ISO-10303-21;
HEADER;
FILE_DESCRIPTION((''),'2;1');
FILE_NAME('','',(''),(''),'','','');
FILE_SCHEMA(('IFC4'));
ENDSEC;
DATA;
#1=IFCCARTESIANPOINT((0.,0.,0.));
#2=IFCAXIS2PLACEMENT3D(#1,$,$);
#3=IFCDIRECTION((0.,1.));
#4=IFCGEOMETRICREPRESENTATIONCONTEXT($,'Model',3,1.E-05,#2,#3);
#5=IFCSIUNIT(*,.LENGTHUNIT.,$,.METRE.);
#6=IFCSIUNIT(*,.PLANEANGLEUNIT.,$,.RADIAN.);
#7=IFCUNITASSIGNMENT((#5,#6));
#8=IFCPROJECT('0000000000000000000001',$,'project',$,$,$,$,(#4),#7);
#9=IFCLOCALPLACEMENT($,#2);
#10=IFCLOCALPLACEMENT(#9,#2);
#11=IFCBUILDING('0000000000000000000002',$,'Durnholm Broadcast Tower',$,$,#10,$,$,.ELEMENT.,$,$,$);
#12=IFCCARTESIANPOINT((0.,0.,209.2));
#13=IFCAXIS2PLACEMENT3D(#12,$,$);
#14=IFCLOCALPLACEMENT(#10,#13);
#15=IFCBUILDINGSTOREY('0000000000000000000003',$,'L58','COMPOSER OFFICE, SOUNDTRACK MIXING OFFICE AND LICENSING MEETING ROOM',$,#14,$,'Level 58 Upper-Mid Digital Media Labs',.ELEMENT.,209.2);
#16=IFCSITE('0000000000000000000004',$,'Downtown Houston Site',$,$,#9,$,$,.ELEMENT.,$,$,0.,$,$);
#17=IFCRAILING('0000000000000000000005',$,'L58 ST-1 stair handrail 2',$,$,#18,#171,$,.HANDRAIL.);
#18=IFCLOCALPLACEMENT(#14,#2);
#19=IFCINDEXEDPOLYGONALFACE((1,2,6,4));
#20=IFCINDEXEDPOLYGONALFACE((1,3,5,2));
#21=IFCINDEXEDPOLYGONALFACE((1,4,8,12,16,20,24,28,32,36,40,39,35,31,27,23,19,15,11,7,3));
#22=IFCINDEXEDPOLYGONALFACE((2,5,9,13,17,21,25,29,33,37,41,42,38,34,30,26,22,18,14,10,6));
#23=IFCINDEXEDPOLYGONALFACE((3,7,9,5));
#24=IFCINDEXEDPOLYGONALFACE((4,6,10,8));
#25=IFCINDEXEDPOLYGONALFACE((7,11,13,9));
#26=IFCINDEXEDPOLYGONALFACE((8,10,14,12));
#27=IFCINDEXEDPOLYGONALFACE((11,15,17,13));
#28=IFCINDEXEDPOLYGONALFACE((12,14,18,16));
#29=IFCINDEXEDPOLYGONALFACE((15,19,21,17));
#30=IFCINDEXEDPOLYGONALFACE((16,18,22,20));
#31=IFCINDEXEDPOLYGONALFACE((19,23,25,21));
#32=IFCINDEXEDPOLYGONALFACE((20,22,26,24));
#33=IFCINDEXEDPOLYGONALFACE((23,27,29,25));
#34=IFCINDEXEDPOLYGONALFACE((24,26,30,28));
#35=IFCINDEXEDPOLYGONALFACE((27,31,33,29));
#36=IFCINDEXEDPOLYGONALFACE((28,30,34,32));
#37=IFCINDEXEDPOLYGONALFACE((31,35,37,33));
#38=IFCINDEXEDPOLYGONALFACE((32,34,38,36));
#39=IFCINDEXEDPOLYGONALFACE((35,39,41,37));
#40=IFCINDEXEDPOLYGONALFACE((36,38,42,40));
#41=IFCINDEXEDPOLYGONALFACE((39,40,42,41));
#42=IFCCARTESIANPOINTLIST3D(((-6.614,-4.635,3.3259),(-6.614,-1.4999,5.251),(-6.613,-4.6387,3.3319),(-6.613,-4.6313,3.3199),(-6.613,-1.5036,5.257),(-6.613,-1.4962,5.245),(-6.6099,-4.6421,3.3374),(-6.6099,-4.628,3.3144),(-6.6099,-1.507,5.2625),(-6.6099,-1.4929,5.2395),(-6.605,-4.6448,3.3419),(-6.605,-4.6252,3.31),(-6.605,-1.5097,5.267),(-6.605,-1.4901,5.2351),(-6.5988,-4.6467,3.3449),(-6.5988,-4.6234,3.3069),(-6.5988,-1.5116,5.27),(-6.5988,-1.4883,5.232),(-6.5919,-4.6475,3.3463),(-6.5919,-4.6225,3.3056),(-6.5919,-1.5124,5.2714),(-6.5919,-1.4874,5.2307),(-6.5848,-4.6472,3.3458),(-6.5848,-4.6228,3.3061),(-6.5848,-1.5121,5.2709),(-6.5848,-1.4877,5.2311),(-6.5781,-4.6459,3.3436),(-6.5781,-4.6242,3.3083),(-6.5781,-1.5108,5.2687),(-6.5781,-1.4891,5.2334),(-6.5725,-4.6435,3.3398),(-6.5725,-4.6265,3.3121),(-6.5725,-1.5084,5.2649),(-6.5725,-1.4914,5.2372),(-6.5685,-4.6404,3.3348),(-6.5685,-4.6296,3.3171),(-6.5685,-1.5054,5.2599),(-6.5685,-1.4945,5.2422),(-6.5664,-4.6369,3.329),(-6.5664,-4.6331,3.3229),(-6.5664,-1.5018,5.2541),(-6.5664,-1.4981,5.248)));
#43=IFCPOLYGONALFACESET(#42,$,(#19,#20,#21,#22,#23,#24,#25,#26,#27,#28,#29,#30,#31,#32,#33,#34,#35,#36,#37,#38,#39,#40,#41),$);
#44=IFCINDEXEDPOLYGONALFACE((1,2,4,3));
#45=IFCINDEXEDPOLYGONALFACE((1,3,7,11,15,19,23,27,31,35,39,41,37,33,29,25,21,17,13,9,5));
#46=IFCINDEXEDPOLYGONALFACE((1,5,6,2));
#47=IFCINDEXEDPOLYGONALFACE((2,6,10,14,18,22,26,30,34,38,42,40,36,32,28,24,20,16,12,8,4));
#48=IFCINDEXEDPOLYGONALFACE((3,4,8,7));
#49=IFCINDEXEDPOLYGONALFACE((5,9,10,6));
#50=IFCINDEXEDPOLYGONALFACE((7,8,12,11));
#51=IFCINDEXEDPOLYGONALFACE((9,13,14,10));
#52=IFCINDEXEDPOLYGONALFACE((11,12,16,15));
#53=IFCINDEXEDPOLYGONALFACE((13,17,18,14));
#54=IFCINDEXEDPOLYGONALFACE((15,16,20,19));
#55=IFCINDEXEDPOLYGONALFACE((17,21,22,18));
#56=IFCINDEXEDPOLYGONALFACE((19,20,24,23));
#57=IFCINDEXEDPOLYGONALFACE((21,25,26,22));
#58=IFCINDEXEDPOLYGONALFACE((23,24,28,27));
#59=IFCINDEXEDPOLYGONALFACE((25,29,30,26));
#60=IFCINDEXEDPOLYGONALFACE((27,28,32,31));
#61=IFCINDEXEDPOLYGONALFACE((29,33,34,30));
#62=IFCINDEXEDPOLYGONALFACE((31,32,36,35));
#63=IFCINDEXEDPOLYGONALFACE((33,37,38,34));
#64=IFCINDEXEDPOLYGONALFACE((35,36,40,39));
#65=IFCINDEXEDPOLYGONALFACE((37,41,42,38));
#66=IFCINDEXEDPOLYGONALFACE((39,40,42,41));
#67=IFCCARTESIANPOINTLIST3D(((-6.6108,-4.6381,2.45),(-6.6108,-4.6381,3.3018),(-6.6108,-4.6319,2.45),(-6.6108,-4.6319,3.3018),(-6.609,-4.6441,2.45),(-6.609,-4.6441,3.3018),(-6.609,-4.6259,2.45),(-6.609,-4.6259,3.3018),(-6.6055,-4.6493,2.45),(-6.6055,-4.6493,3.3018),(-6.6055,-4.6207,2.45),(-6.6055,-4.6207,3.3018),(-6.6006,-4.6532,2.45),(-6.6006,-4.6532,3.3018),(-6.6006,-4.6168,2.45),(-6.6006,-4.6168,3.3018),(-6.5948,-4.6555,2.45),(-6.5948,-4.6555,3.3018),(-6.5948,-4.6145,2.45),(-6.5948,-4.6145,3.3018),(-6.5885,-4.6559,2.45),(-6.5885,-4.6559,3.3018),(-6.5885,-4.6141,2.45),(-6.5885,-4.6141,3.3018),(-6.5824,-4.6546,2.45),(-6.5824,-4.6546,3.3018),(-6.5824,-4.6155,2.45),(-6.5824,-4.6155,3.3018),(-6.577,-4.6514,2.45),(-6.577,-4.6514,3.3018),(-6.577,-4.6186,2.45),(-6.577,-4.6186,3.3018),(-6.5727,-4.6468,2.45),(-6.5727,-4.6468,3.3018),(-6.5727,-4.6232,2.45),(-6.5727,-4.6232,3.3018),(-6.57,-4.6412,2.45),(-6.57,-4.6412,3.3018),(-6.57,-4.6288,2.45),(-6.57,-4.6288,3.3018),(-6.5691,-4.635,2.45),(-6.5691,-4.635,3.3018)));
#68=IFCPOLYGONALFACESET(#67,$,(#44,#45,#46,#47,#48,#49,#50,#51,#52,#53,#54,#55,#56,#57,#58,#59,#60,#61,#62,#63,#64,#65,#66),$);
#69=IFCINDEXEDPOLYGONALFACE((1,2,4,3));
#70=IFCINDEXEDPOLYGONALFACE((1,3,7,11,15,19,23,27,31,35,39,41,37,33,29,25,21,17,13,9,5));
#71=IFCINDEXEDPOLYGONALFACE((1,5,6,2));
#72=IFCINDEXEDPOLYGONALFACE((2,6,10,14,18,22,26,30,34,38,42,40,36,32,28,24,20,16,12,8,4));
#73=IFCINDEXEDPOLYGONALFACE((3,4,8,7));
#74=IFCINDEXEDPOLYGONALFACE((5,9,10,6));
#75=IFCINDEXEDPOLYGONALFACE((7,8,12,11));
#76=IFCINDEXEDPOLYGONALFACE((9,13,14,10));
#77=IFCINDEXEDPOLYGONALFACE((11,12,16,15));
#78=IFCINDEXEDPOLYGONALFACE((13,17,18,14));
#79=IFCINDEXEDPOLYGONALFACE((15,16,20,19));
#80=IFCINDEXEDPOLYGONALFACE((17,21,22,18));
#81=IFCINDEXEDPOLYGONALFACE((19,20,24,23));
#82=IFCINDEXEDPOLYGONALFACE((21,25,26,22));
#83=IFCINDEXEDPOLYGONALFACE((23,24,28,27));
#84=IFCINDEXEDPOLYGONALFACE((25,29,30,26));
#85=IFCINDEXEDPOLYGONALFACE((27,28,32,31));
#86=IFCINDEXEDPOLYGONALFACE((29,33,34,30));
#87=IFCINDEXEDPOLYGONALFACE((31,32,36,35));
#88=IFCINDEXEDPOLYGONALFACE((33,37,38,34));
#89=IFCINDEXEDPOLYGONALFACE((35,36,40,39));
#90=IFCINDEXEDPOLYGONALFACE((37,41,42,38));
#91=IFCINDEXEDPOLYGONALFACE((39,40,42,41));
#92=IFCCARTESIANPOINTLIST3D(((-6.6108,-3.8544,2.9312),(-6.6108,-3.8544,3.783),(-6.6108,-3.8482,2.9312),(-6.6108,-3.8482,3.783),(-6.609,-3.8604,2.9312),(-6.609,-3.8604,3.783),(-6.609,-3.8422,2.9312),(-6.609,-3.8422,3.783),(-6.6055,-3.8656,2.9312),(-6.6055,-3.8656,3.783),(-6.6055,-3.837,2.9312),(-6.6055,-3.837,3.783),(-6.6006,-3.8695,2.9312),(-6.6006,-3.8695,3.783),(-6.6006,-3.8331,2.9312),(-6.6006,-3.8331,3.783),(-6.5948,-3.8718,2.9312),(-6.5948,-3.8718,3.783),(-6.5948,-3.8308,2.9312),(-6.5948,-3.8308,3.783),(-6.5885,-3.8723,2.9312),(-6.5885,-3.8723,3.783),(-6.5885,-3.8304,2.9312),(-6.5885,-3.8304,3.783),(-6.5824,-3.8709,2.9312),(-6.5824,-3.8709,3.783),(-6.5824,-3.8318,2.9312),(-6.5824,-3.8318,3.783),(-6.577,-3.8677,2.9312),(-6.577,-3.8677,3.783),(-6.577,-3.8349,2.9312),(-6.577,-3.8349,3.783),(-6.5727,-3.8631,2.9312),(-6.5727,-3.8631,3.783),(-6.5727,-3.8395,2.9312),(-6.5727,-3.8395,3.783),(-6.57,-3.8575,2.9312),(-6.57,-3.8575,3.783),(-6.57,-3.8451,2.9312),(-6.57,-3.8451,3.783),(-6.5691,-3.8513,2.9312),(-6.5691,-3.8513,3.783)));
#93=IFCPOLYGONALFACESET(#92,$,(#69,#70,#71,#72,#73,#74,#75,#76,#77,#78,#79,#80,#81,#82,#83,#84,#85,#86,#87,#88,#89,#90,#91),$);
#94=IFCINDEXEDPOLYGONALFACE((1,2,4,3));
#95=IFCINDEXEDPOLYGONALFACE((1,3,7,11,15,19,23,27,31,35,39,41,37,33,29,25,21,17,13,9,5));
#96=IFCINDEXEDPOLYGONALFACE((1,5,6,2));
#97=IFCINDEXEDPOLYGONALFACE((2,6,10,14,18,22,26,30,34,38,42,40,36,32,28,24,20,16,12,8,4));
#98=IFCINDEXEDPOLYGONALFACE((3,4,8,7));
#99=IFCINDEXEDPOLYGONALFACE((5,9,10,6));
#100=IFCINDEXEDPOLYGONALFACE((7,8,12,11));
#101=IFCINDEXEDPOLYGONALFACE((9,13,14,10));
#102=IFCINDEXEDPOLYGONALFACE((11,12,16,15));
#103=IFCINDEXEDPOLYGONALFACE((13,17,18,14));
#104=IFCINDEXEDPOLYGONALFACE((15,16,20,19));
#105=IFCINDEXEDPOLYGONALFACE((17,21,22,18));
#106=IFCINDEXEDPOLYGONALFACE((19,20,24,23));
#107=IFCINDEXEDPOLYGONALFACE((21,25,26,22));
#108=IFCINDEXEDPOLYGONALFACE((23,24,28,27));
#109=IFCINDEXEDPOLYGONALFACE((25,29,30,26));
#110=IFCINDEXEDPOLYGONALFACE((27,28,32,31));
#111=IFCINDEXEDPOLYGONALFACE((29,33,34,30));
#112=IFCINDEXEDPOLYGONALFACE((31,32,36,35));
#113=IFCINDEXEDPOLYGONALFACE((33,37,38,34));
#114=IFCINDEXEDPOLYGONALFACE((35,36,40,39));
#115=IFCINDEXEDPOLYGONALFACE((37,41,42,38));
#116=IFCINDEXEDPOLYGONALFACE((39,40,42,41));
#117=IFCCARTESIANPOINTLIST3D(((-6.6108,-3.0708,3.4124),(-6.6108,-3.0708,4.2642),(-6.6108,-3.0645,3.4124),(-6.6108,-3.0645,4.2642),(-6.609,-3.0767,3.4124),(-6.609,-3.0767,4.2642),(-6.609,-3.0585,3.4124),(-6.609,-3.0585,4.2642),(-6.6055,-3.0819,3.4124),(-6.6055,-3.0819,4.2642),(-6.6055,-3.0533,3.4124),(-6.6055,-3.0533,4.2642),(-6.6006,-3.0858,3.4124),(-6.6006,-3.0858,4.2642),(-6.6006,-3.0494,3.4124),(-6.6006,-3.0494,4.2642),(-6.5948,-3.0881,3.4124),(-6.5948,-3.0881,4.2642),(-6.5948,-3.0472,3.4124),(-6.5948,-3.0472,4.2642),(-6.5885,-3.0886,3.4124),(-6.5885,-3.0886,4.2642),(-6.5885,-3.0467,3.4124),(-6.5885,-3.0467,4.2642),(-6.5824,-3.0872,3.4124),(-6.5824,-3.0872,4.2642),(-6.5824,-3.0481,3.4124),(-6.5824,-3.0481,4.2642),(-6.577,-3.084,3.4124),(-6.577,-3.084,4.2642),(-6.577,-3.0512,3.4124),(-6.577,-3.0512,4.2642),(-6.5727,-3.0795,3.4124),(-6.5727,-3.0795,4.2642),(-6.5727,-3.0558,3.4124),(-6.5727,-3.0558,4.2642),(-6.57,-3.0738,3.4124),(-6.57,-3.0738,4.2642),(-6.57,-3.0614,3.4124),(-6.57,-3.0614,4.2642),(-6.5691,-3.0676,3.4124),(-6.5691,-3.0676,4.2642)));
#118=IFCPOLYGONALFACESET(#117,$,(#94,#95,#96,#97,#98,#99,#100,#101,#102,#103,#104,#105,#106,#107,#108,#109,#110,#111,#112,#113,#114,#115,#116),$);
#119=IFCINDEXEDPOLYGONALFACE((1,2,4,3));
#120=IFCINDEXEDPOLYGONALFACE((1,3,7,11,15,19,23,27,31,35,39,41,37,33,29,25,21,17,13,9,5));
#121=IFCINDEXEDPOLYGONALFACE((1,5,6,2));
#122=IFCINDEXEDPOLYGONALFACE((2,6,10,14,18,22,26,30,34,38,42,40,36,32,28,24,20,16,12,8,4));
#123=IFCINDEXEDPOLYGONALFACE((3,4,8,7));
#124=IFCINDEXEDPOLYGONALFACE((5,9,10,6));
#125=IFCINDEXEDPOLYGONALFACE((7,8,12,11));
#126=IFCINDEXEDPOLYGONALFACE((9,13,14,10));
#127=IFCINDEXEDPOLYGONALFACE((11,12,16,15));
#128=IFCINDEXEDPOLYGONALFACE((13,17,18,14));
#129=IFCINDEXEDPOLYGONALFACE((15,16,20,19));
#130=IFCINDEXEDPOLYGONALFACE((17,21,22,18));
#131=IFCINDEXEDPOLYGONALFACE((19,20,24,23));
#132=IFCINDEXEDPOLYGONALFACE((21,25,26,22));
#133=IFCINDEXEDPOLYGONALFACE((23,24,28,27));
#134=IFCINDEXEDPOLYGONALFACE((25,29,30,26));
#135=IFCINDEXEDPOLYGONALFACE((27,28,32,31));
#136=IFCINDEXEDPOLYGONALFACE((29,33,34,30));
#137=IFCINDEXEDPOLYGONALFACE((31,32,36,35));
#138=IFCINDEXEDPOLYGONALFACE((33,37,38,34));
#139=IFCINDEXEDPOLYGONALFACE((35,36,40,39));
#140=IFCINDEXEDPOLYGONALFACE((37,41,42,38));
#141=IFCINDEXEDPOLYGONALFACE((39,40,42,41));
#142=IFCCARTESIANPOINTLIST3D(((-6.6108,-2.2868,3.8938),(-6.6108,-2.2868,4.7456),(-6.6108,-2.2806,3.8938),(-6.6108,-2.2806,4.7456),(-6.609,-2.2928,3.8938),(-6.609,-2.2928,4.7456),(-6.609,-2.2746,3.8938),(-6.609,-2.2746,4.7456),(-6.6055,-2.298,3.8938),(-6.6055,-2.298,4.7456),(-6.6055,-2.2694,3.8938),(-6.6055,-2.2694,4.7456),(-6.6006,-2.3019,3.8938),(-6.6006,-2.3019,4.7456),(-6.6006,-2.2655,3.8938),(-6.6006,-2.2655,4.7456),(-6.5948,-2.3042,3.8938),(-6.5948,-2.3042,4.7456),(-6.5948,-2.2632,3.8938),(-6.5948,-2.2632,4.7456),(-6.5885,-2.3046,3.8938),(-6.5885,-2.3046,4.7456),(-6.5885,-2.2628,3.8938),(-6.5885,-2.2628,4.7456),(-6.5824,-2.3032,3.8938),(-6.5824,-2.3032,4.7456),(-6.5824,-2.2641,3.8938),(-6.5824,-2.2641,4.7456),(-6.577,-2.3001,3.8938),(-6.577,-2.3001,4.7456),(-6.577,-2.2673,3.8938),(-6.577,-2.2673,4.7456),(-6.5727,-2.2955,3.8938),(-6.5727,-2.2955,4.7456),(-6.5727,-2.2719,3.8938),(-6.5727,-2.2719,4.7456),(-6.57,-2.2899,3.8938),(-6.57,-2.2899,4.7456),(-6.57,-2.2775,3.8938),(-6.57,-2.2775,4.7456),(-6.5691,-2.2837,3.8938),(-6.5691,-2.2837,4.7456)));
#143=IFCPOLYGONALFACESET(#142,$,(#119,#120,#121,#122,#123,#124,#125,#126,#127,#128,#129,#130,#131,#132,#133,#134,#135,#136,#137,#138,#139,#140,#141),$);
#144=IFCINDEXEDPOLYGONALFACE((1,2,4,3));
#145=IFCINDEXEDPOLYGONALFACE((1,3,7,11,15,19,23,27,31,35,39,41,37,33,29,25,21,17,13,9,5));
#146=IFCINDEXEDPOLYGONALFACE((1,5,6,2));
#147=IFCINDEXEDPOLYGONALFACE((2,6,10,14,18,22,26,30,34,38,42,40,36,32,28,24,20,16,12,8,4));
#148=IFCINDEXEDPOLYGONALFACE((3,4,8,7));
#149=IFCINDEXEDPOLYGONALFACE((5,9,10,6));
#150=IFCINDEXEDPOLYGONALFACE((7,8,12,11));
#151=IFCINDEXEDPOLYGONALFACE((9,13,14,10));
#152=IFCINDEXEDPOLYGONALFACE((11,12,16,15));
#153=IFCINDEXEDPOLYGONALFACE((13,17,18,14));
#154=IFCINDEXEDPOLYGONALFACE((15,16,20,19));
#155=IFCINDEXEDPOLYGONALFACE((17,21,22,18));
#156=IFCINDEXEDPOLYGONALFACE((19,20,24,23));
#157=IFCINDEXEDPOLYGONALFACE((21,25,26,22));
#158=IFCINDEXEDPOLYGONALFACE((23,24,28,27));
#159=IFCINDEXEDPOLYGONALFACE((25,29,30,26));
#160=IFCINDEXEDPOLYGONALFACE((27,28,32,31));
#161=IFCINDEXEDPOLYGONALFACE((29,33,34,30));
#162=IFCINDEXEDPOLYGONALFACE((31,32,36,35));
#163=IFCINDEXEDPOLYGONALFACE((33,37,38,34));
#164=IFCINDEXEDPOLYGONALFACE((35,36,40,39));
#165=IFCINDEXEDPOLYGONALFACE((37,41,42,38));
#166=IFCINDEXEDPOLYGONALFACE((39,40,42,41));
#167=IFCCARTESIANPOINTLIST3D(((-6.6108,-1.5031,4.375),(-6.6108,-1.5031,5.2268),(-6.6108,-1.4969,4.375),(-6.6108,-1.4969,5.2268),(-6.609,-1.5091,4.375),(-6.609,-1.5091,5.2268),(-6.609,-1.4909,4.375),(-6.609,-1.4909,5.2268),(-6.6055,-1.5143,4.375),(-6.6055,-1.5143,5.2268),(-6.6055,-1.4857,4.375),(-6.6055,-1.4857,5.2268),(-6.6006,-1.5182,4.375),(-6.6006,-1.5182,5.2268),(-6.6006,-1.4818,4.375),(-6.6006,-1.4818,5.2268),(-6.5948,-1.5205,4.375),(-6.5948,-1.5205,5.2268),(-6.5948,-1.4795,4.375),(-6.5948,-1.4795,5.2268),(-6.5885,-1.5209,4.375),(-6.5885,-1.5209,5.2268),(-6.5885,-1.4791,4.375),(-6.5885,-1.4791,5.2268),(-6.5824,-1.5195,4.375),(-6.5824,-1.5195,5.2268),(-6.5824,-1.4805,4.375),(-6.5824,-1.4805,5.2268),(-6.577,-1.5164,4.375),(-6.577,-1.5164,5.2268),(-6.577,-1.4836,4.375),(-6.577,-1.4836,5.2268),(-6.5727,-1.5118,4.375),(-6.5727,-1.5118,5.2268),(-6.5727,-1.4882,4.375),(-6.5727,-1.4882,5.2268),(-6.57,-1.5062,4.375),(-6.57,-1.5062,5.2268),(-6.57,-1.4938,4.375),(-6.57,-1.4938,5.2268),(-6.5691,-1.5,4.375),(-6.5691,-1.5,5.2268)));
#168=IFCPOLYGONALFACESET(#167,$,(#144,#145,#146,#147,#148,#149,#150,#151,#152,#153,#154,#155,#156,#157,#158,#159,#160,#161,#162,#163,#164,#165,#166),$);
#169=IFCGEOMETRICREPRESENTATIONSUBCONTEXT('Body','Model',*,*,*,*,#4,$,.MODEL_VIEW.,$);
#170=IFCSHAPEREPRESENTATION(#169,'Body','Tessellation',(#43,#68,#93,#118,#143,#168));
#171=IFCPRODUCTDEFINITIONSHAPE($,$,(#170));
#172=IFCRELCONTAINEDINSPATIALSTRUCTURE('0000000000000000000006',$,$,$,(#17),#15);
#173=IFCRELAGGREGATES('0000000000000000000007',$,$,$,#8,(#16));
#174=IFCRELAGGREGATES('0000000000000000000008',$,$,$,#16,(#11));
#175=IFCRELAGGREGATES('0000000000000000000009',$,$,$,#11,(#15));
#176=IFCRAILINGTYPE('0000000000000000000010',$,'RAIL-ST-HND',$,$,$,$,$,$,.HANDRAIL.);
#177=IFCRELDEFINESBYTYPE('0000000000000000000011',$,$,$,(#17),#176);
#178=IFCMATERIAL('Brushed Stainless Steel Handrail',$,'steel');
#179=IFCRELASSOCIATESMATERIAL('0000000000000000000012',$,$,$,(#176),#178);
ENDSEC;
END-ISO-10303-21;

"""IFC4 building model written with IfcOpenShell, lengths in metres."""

from ifc_helpers import new_model, si_unit, direction, frame, origin, origin_2d, place, context, subcontext, project, spatial, circle, extrude, material, type_object, element, save


model = new_model("IFC4")

# Units and contexts
model_context = context("Model", 3, precision=1e-05, world=origin(), true_north=direction((0.0, 1.0)))
body_context = subcontext(model_context, "Body", "Model", "MODEL_VIEW")
ifc_project = project(units=[si_unit("LENGTHUNIT", "METRE"), si_unit("PLANEANGLEUNIT", "RADIAN")], contexts=[model_context])

# Site, building, storey
site_placement = place(None, origin())
site = spatial("IfcSite", under=ifc_project, at=site_placement, Name="Downtown Houston Site", CompositionType="ELEMENT", RefElevation=0.0)
building_placement = place(site_placement, origin())
building = spatial("IfcBuilding", under=site, at=building_placement, Name="Durnholm Broadcast Tower", CompositionType="ELEMENT")
storey_placement = place(building_placement, frame((0.0, 0.0, 209.2)))
storey = spatial("IfcBuildingStorey", under=building, at=storey_placement, Name="L58", Description="COMPOSER OFFICE, SOUNDTRACK MIXING OFFICE AND LICENSING MEETING ROOM", LongName="Level 58 Upper-Mid Digital Media Labs", CompositionType="ELEMENT", Elevation=209.2)

# Railing
ifc_material_1 = material(Name="Brushed Stainless Steel Handrail", Category="steel")
railing_type_1 = type_object("IfcRailingType", Name="RAIL-ST-HND", PredefinedType="HANDRAIL", material=ifc_material_1)
railing_1_placement = place(storey_placement, frame((-6.5901, -4.635, 2.45)))
element("IfcRailing", 1, at=railing_1_placement, inside=storey, type_object=railing_type_1, Name="L58 ST-1 stair handrail 2", PredefinedType="HANDRAIL", context=body_context, shape_type="SweptSolid", body=[
    extrude(circle(Radius=0.0239, at=origin_2d()), frame((0.0, 0.0, 0.876), z_axis=(0.0, 0.852166, 0.523271), x_axis=(-1.0, 0.0, 0.0)), (0.0, 0.0, 1.0), 3.679),
    extrude(circle(Radius=0.021, at=origin_2d()), origin(), (0.0, 0.0, 1.0), 0.8518),
    extrude(circle(Radius=0.021, at=origin_2d()), frame((0.0, 0.7837, 0.4812)), (0.0, 0.0, 1.0), 0.8518),
    extrude(circle(Radius=0.021, at=origin_2d()), frame((0.0, 1.5674, 0.9624)), (0.0, 0.0, 1.0), 0.8518),
    extrude(circle(Radius=0.021, at=origin_2d()), frame((0.0, 2.3513, 1.4438)), (0.0, 0.0, 1.0), 0.8518),
    extrude(circle(Radius=0.021, at=origin_2d()), frame((0.0, 3.135, 1.925)), (0.0, 0.0, 1.0), 0.8518),
])

save(model, "model.ifc")
